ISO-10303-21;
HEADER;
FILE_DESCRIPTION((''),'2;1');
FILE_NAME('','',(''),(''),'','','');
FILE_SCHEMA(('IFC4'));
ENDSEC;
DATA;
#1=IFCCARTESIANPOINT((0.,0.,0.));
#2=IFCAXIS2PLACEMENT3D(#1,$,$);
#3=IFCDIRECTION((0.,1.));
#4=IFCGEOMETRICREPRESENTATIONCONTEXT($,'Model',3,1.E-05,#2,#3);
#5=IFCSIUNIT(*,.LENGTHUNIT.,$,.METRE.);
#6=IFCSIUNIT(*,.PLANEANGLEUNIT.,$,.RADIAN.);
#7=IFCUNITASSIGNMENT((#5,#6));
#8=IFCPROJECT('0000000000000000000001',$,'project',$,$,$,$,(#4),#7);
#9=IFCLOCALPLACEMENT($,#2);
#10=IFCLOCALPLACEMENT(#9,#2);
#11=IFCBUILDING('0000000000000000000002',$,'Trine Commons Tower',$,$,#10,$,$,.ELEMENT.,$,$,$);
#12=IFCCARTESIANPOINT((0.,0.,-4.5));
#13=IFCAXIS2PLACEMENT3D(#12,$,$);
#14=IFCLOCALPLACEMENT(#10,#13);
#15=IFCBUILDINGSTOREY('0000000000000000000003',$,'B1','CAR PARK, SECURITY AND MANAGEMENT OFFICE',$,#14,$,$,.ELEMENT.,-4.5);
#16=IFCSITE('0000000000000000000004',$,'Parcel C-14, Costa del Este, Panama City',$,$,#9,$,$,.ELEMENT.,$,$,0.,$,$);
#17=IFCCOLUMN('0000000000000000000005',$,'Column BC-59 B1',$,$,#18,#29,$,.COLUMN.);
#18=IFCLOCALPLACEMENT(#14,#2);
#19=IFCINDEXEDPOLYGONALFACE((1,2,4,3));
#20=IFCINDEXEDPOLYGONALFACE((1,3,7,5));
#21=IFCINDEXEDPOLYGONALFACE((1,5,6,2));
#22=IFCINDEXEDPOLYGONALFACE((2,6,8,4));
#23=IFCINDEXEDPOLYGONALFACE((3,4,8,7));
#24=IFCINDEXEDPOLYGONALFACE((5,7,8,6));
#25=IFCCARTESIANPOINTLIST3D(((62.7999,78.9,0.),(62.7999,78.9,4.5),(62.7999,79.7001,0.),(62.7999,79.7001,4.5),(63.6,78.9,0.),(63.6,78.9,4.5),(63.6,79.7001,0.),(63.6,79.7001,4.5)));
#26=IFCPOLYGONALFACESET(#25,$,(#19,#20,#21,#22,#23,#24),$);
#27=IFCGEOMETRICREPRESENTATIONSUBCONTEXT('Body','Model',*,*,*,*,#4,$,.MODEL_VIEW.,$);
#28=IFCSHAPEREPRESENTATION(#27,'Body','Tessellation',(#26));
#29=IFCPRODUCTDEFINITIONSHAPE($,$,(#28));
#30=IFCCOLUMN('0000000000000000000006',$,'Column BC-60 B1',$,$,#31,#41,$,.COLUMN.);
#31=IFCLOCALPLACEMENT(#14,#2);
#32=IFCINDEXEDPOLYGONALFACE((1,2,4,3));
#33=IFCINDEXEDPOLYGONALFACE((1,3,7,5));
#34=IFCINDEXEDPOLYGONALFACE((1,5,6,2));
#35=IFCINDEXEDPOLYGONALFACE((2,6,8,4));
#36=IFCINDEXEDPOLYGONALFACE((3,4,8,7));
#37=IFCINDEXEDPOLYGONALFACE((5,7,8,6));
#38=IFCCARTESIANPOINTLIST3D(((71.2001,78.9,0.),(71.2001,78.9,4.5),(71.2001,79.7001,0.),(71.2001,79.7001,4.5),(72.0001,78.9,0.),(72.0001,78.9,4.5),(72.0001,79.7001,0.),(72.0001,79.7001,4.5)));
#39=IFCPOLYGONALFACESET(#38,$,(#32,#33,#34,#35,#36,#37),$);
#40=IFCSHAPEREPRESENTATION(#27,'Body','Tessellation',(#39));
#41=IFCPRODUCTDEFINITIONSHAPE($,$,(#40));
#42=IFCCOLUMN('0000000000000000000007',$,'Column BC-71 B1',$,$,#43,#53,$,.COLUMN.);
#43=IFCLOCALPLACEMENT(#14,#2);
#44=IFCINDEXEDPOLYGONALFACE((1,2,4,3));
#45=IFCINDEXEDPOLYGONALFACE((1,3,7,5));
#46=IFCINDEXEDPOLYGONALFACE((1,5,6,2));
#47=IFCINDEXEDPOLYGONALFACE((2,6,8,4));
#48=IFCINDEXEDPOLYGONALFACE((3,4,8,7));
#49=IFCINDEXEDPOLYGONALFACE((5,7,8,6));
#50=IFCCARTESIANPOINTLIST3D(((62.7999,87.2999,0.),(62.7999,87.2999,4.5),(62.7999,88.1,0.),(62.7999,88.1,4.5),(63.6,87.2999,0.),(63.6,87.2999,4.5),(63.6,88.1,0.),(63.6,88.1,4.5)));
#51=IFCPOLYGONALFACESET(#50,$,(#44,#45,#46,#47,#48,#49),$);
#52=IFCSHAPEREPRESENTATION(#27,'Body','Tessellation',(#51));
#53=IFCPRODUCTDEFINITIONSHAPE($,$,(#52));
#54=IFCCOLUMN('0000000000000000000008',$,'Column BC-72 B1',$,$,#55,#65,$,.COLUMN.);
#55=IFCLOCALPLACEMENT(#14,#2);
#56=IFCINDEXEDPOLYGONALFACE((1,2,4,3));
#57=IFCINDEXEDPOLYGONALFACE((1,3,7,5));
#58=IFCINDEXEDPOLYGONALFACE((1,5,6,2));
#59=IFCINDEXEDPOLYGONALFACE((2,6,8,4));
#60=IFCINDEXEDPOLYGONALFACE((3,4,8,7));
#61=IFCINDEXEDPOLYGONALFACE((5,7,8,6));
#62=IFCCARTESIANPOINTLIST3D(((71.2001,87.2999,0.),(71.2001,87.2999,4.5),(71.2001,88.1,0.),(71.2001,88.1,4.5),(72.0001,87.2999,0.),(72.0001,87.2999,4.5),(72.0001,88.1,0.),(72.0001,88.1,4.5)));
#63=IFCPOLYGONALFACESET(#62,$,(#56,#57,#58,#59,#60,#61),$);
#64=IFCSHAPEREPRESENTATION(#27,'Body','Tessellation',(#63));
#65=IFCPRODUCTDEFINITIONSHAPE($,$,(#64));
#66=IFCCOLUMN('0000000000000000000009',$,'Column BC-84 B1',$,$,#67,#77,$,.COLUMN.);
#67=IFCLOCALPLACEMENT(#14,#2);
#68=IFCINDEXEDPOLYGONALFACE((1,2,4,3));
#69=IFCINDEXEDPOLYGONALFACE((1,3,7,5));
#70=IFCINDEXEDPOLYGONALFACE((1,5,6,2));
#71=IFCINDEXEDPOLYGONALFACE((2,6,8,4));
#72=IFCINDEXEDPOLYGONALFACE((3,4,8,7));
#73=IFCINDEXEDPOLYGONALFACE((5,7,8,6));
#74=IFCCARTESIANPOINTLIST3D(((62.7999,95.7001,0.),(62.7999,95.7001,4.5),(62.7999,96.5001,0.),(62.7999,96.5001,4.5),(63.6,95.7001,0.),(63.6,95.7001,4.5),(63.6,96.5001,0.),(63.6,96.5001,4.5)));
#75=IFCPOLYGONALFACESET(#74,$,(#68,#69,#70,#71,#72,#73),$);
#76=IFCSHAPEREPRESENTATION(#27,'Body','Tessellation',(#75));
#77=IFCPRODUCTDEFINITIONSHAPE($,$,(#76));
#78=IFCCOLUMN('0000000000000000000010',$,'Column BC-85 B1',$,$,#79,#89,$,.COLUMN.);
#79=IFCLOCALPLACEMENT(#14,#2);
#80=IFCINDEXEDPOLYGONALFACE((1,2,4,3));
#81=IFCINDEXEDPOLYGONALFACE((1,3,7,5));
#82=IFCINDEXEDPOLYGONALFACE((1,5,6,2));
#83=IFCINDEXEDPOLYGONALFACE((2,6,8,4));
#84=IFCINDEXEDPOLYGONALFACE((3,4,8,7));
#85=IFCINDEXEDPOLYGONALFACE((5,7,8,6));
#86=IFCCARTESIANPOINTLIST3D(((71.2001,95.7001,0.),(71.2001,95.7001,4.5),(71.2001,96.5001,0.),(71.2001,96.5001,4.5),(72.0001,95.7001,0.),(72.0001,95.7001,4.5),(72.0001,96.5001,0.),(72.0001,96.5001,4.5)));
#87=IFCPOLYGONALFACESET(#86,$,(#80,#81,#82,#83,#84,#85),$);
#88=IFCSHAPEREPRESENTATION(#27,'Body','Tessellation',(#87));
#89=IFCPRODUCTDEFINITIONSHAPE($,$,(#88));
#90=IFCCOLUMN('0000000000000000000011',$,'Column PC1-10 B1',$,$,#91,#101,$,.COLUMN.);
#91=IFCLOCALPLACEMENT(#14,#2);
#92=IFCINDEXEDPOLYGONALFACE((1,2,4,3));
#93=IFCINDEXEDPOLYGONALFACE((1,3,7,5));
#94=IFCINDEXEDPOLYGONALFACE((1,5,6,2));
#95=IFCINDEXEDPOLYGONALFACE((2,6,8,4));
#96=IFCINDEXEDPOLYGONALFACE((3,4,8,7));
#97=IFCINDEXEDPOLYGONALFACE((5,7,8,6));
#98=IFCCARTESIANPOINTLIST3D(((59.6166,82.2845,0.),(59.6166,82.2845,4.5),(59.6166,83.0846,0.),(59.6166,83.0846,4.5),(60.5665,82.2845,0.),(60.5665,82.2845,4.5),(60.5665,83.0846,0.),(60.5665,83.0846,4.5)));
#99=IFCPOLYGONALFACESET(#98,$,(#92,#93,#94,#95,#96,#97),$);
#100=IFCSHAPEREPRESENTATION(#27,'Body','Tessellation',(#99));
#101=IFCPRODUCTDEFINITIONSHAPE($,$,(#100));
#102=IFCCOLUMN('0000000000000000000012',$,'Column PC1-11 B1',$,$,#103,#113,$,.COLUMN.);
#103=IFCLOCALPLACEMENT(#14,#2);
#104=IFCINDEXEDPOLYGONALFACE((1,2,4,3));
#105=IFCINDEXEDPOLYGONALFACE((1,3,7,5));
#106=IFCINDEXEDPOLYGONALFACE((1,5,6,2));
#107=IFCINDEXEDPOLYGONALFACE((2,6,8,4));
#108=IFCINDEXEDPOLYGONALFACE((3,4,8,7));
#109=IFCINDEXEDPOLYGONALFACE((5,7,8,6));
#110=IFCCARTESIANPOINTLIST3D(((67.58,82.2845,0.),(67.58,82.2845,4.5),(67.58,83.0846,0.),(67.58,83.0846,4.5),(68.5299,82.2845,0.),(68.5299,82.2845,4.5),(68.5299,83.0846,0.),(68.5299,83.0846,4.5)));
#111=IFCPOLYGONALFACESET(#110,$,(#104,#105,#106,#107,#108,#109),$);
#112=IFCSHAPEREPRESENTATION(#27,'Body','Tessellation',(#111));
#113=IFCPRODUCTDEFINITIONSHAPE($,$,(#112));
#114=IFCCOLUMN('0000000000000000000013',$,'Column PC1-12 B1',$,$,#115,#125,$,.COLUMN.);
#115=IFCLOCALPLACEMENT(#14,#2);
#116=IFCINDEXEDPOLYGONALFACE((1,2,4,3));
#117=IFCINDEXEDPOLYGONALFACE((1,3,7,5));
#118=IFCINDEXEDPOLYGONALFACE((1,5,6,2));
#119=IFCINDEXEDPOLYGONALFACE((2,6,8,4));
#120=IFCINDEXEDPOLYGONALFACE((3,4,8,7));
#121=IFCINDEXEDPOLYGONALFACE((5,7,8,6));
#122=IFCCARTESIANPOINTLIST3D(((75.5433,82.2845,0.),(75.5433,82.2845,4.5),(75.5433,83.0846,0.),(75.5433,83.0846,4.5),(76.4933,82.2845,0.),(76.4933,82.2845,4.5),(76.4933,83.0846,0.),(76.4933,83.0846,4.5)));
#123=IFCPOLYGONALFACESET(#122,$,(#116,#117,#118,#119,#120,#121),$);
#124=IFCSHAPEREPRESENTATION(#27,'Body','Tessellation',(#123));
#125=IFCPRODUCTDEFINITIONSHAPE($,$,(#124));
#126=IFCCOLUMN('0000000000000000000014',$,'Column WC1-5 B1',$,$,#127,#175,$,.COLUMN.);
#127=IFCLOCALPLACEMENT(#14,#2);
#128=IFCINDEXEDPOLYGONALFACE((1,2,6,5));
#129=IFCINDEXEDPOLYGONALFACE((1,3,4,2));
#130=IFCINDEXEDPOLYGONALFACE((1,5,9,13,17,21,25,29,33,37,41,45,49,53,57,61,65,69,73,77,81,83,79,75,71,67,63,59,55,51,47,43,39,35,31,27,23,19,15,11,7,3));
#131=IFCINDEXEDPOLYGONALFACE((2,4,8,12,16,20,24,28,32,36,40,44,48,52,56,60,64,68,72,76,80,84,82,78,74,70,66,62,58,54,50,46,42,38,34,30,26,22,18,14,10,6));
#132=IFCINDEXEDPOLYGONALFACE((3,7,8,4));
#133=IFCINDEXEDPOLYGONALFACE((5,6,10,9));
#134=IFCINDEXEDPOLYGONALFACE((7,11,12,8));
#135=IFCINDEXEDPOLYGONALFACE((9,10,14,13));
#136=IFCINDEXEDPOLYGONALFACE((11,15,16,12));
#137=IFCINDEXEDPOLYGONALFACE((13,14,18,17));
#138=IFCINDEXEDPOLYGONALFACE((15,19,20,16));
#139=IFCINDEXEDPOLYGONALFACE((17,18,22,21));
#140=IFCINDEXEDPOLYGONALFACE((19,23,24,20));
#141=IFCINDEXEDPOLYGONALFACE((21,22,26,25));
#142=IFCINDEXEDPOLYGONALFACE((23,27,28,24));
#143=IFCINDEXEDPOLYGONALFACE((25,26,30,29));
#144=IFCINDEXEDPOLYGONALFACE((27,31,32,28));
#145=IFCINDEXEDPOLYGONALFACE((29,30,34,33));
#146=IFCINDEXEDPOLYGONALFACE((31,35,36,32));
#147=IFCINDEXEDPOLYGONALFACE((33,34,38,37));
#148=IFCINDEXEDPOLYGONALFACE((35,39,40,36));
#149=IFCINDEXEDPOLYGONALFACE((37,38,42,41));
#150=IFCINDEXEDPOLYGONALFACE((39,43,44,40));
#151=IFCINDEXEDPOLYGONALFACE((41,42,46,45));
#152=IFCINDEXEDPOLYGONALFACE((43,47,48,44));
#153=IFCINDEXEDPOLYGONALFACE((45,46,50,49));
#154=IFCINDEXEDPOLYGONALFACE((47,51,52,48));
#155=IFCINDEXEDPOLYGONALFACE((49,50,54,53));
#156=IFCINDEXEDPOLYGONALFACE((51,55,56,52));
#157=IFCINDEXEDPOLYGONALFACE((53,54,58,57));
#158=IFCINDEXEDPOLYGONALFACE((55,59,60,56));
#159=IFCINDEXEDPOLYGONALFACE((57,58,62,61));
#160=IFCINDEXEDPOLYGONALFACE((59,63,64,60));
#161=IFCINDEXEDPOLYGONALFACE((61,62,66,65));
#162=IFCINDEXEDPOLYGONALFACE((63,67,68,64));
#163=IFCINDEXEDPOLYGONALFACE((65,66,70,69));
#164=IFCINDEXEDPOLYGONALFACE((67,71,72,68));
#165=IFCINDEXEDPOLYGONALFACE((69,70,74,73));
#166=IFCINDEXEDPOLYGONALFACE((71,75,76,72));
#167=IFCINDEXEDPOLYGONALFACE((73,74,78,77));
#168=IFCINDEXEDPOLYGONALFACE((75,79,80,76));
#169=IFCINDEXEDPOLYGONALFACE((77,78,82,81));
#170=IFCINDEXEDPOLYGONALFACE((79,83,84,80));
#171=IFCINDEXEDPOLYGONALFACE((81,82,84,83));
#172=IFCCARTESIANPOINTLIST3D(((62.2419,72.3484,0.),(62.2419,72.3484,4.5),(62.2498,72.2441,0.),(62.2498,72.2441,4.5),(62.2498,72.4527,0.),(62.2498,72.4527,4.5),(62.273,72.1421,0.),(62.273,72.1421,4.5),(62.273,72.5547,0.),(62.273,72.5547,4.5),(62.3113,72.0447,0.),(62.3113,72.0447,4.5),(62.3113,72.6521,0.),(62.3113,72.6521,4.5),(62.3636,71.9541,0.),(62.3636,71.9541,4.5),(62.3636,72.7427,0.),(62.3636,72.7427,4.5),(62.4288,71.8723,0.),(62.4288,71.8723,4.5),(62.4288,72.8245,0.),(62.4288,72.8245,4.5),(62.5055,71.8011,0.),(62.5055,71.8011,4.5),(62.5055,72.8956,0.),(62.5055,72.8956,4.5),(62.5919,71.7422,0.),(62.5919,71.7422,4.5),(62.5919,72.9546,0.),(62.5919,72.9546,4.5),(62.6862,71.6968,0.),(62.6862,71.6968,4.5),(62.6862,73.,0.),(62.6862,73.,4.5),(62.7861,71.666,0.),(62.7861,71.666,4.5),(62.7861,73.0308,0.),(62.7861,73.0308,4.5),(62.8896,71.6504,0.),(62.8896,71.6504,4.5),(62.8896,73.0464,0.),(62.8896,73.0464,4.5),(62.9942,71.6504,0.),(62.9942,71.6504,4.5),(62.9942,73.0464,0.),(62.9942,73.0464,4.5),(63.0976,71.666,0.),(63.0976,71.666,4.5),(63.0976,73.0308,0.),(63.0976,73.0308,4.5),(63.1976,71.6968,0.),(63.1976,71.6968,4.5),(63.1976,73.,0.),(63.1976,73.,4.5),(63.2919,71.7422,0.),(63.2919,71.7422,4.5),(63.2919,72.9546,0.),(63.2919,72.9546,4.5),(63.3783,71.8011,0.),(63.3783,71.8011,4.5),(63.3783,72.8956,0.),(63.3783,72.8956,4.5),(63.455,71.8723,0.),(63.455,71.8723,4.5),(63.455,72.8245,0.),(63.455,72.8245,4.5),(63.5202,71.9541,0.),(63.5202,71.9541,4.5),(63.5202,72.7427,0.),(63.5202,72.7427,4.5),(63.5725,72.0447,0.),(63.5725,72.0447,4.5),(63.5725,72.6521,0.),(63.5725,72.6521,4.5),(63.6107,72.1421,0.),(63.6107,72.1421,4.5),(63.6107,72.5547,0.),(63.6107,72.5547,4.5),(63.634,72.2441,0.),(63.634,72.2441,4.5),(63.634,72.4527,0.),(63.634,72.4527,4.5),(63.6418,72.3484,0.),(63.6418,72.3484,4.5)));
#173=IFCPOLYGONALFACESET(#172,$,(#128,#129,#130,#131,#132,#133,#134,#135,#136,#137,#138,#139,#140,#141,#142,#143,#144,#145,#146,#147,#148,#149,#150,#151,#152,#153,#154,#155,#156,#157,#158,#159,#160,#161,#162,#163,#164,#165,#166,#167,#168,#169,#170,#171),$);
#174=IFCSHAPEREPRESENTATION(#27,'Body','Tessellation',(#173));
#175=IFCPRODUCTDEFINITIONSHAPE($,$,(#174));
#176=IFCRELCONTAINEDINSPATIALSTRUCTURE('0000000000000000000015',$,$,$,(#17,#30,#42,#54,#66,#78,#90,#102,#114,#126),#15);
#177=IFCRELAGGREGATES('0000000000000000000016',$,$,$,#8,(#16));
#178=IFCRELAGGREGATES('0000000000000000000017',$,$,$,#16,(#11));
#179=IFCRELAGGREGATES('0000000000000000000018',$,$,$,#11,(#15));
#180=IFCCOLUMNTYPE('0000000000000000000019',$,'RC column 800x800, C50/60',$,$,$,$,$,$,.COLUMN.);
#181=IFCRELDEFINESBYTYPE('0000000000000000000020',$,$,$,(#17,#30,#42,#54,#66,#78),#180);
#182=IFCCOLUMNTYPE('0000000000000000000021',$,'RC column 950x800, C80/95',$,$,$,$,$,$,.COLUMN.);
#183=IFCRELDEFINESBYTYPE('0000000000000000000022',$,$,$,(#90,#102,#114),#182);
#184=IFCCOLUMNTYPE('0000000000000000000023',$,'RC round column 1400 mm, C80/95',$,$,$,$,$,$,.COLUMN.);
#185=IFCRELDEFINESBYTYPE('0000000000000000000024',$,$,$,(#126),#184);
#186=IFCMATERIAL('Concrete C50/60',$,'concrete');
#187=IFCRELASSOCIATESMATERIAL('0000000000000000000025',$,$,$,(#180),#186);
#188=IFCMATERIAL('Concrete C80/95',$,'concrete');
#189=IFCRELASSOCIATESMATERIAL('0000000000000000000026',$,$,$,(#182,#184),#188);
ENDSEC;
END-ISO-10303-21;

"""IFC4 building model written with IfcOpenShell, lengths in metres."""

from ifc_helpers import new_model, si_unit, direction, frame, origin, origin_2d, place, context, subcontext, project, spatial, rectangle, circle, extrude, material, material_profile, profile_set, type_object, element, save


model = new_model("IFC4")

# Units and contexts
model_context = context("Model", 3, precision=1e-05, world=origin(), true_north=direction((0.0, 1.0)))
body_context = subcontext(model_context, "Body", "Model", "MODEL_VIEW")
ifc_project = project(units=[si_unit("LENGTHUNIT", "METRE"), si_unit("PLANEANGLEUNIT", "RADIAN")], contexts=[model_context])

# Site, building, storey
site_placement = place(None, origin())
site = spatial("IfcSite", under=ifc_project, at=site_placement, Name="Parcel C-14, Costa del Este, Panama City", CompositionType="ELEMENT", RefElevation=0.0)
building_placement = place(site_placement, origin())
building = spatial("IfcBuilding", under=site, at=building_placement, Name="Trine Commons Tower", CompositionType="ELEMENT")
storey_placement = place(building_placement, frame((0.0, 0.0, -4.5)))
storey = spatial("IfcBuildingStorey", under=building, at=storey_placement, Name="B1", Description="CAR PARK, SECURITY AND MANAGEMENT OFFICE", CompositionType="ELEMENT", Elevation=-4.5)

# Columns
ifc_material_1 = material(Name="Concrete C50/60", Category="concrete")
ifc_material_profile_1 = material_profile(ifc_material_1, rectangle(XDim=0.8, YDim=0.8, at=origin_2d()), Name="RC 800x800")
ifc_profile_set_1 = profile_set([ifc_material_profile_1], Name="Concrete C50/60")
column_type_1 = type_object("IfcColumnType", Name="RC column 800x800, C50/60", PredefinedType="COLUMN", material=ifc_profile_set_1)
for number, where, z_axis, x_axis, name in (
    (1, (63.2, 79.3, 0.0), (0.0, 0.0, 1.0), (1.0, 0.0, 0.0), "Column BC-59 B1"),
    (2, (71.6001, 79.3, 0.0), (0.0, 0.0, 1.0), (1.0, 0.0, 0.0), "Column BC-60 B1"),
    (3, (63.2, 87.7, 0.0), (0.0, 0.0, 1.0), (1.0, 0.0, 0.0), "Column BC-71 B1"),
    (4, (71.6001, 87.7, 0.0), (0.0, 0.0, 1.0), (1.0, 0.0, 0.0), "Column BC-72 B1"),
    (5, (63.2, 96.1001, 0.0), (0.0, 0.0, 1.0), (1.0, 0.0, 0.0), "Column BC-84 B1"),
    (6, (71.6001, 96.1001, 0.0), (0.0, 0.0, 1.0), (1.0, 0.0, 0.0), "Column BC-85 B1"),
):
    element("IfcColumn", number, at=place(storey_placement, frame(where, z_axis=z_axis, x_axis=x_axis)), inside=storey, type_object=column_type_1, Name=name, PredefinedType="COLUMN", context=body_context, shape_type="SweptSolid", body=[
        extrude(rectangle(XDim=0.8, YDim=0.8, at=origin_2d()), origin(), (0.0, 0.0, 1.0), 4.5),
    ])
ifc_material_2 = material(Name="Concrete C80/95", Category="concrete")
ifc_material_profile_2 = material_profile(ifc_material_2, rectangle(XDim=0.95, YDim=0.8, at=origin_2d()), Name="RC 950x800")
ifc_profile_set_2 = profile_set([ifc_material_profile_2], Name="Concrete C80/95")
column_type_2 = type_object("IfcColumnType", Name="RC column 950x800, C80/95", PredefinedType="COLUMN", material=ifc_profile_set_2)
for number, where, z_axis, x_axis, name in (
    (7, (60.0916, 82.6846, 0.0), (0.0, 0.0, 1.0), (1.0, 0.0, 0.0), "Column PC1-10 B1"),
    (8, (68.0549, 82.6846, 0.0), (0.0, 0.0, 1.0), (1.0, 0.0, 0.0), "Column PC1-11 B1"),
    (9, (76.0183, 82.6846, 0.0), (0.0, 0.0, 1.0), (1.0, 0.0, 0.0), "Column PC1-12 B1"),
):
    element("IfcColumn", number, at=place(storey_placement, frame(where, z_axis=z_axis, x_axis=x_axis)), inside=storey, type_object=column_type_2, Name=name, PredefinedType="COLUMN", context=body_context, shape_type="SweptSolid", body=[
        extrude(rectangle(XDim=0.95, YDim=0.8, at=origin_2d()), origin(), (0.0, 0.0, 1.0), 4.5),
    ])
ifc_material_profile_3 = material_profile(ifc_material_2, circle(Radius=0.7, at=origin_2d()), Name="RC round 1400")
ifc_profile_set_3 = profile_set([ifc_material_profile_3], Name="Concrete C80/95")
column_type_3 = type_object("IfcColumnType", Name="RC round column 1400 mm, C80/95", PredefinedType="COLUMN", material=ifc_profile_set_3)
for number, where, z_axis, x_axis, name in (
    (10, (62.9419, 72.3484, 0.0), (0.0, 0.0, 1.0), (1.0, 0.0, 0.0), "Column WC1-5 B1"),
):
    element("IfcColumn", number, at=place(storey_placement, frame(where, z_axis=z_axis, x_axis=x_axis)), inside=storey, type_object=column_type_3, Name=name, PredefinedType="COLUMN", context=body_context, shape_type="SweptSolid", body=[
        extrude(circle(Radius=0.7, at=origin_2d()), origin(), (0.0, 0.0, 1.0), 4.5),
    ])

save(model, "model.ifc")
